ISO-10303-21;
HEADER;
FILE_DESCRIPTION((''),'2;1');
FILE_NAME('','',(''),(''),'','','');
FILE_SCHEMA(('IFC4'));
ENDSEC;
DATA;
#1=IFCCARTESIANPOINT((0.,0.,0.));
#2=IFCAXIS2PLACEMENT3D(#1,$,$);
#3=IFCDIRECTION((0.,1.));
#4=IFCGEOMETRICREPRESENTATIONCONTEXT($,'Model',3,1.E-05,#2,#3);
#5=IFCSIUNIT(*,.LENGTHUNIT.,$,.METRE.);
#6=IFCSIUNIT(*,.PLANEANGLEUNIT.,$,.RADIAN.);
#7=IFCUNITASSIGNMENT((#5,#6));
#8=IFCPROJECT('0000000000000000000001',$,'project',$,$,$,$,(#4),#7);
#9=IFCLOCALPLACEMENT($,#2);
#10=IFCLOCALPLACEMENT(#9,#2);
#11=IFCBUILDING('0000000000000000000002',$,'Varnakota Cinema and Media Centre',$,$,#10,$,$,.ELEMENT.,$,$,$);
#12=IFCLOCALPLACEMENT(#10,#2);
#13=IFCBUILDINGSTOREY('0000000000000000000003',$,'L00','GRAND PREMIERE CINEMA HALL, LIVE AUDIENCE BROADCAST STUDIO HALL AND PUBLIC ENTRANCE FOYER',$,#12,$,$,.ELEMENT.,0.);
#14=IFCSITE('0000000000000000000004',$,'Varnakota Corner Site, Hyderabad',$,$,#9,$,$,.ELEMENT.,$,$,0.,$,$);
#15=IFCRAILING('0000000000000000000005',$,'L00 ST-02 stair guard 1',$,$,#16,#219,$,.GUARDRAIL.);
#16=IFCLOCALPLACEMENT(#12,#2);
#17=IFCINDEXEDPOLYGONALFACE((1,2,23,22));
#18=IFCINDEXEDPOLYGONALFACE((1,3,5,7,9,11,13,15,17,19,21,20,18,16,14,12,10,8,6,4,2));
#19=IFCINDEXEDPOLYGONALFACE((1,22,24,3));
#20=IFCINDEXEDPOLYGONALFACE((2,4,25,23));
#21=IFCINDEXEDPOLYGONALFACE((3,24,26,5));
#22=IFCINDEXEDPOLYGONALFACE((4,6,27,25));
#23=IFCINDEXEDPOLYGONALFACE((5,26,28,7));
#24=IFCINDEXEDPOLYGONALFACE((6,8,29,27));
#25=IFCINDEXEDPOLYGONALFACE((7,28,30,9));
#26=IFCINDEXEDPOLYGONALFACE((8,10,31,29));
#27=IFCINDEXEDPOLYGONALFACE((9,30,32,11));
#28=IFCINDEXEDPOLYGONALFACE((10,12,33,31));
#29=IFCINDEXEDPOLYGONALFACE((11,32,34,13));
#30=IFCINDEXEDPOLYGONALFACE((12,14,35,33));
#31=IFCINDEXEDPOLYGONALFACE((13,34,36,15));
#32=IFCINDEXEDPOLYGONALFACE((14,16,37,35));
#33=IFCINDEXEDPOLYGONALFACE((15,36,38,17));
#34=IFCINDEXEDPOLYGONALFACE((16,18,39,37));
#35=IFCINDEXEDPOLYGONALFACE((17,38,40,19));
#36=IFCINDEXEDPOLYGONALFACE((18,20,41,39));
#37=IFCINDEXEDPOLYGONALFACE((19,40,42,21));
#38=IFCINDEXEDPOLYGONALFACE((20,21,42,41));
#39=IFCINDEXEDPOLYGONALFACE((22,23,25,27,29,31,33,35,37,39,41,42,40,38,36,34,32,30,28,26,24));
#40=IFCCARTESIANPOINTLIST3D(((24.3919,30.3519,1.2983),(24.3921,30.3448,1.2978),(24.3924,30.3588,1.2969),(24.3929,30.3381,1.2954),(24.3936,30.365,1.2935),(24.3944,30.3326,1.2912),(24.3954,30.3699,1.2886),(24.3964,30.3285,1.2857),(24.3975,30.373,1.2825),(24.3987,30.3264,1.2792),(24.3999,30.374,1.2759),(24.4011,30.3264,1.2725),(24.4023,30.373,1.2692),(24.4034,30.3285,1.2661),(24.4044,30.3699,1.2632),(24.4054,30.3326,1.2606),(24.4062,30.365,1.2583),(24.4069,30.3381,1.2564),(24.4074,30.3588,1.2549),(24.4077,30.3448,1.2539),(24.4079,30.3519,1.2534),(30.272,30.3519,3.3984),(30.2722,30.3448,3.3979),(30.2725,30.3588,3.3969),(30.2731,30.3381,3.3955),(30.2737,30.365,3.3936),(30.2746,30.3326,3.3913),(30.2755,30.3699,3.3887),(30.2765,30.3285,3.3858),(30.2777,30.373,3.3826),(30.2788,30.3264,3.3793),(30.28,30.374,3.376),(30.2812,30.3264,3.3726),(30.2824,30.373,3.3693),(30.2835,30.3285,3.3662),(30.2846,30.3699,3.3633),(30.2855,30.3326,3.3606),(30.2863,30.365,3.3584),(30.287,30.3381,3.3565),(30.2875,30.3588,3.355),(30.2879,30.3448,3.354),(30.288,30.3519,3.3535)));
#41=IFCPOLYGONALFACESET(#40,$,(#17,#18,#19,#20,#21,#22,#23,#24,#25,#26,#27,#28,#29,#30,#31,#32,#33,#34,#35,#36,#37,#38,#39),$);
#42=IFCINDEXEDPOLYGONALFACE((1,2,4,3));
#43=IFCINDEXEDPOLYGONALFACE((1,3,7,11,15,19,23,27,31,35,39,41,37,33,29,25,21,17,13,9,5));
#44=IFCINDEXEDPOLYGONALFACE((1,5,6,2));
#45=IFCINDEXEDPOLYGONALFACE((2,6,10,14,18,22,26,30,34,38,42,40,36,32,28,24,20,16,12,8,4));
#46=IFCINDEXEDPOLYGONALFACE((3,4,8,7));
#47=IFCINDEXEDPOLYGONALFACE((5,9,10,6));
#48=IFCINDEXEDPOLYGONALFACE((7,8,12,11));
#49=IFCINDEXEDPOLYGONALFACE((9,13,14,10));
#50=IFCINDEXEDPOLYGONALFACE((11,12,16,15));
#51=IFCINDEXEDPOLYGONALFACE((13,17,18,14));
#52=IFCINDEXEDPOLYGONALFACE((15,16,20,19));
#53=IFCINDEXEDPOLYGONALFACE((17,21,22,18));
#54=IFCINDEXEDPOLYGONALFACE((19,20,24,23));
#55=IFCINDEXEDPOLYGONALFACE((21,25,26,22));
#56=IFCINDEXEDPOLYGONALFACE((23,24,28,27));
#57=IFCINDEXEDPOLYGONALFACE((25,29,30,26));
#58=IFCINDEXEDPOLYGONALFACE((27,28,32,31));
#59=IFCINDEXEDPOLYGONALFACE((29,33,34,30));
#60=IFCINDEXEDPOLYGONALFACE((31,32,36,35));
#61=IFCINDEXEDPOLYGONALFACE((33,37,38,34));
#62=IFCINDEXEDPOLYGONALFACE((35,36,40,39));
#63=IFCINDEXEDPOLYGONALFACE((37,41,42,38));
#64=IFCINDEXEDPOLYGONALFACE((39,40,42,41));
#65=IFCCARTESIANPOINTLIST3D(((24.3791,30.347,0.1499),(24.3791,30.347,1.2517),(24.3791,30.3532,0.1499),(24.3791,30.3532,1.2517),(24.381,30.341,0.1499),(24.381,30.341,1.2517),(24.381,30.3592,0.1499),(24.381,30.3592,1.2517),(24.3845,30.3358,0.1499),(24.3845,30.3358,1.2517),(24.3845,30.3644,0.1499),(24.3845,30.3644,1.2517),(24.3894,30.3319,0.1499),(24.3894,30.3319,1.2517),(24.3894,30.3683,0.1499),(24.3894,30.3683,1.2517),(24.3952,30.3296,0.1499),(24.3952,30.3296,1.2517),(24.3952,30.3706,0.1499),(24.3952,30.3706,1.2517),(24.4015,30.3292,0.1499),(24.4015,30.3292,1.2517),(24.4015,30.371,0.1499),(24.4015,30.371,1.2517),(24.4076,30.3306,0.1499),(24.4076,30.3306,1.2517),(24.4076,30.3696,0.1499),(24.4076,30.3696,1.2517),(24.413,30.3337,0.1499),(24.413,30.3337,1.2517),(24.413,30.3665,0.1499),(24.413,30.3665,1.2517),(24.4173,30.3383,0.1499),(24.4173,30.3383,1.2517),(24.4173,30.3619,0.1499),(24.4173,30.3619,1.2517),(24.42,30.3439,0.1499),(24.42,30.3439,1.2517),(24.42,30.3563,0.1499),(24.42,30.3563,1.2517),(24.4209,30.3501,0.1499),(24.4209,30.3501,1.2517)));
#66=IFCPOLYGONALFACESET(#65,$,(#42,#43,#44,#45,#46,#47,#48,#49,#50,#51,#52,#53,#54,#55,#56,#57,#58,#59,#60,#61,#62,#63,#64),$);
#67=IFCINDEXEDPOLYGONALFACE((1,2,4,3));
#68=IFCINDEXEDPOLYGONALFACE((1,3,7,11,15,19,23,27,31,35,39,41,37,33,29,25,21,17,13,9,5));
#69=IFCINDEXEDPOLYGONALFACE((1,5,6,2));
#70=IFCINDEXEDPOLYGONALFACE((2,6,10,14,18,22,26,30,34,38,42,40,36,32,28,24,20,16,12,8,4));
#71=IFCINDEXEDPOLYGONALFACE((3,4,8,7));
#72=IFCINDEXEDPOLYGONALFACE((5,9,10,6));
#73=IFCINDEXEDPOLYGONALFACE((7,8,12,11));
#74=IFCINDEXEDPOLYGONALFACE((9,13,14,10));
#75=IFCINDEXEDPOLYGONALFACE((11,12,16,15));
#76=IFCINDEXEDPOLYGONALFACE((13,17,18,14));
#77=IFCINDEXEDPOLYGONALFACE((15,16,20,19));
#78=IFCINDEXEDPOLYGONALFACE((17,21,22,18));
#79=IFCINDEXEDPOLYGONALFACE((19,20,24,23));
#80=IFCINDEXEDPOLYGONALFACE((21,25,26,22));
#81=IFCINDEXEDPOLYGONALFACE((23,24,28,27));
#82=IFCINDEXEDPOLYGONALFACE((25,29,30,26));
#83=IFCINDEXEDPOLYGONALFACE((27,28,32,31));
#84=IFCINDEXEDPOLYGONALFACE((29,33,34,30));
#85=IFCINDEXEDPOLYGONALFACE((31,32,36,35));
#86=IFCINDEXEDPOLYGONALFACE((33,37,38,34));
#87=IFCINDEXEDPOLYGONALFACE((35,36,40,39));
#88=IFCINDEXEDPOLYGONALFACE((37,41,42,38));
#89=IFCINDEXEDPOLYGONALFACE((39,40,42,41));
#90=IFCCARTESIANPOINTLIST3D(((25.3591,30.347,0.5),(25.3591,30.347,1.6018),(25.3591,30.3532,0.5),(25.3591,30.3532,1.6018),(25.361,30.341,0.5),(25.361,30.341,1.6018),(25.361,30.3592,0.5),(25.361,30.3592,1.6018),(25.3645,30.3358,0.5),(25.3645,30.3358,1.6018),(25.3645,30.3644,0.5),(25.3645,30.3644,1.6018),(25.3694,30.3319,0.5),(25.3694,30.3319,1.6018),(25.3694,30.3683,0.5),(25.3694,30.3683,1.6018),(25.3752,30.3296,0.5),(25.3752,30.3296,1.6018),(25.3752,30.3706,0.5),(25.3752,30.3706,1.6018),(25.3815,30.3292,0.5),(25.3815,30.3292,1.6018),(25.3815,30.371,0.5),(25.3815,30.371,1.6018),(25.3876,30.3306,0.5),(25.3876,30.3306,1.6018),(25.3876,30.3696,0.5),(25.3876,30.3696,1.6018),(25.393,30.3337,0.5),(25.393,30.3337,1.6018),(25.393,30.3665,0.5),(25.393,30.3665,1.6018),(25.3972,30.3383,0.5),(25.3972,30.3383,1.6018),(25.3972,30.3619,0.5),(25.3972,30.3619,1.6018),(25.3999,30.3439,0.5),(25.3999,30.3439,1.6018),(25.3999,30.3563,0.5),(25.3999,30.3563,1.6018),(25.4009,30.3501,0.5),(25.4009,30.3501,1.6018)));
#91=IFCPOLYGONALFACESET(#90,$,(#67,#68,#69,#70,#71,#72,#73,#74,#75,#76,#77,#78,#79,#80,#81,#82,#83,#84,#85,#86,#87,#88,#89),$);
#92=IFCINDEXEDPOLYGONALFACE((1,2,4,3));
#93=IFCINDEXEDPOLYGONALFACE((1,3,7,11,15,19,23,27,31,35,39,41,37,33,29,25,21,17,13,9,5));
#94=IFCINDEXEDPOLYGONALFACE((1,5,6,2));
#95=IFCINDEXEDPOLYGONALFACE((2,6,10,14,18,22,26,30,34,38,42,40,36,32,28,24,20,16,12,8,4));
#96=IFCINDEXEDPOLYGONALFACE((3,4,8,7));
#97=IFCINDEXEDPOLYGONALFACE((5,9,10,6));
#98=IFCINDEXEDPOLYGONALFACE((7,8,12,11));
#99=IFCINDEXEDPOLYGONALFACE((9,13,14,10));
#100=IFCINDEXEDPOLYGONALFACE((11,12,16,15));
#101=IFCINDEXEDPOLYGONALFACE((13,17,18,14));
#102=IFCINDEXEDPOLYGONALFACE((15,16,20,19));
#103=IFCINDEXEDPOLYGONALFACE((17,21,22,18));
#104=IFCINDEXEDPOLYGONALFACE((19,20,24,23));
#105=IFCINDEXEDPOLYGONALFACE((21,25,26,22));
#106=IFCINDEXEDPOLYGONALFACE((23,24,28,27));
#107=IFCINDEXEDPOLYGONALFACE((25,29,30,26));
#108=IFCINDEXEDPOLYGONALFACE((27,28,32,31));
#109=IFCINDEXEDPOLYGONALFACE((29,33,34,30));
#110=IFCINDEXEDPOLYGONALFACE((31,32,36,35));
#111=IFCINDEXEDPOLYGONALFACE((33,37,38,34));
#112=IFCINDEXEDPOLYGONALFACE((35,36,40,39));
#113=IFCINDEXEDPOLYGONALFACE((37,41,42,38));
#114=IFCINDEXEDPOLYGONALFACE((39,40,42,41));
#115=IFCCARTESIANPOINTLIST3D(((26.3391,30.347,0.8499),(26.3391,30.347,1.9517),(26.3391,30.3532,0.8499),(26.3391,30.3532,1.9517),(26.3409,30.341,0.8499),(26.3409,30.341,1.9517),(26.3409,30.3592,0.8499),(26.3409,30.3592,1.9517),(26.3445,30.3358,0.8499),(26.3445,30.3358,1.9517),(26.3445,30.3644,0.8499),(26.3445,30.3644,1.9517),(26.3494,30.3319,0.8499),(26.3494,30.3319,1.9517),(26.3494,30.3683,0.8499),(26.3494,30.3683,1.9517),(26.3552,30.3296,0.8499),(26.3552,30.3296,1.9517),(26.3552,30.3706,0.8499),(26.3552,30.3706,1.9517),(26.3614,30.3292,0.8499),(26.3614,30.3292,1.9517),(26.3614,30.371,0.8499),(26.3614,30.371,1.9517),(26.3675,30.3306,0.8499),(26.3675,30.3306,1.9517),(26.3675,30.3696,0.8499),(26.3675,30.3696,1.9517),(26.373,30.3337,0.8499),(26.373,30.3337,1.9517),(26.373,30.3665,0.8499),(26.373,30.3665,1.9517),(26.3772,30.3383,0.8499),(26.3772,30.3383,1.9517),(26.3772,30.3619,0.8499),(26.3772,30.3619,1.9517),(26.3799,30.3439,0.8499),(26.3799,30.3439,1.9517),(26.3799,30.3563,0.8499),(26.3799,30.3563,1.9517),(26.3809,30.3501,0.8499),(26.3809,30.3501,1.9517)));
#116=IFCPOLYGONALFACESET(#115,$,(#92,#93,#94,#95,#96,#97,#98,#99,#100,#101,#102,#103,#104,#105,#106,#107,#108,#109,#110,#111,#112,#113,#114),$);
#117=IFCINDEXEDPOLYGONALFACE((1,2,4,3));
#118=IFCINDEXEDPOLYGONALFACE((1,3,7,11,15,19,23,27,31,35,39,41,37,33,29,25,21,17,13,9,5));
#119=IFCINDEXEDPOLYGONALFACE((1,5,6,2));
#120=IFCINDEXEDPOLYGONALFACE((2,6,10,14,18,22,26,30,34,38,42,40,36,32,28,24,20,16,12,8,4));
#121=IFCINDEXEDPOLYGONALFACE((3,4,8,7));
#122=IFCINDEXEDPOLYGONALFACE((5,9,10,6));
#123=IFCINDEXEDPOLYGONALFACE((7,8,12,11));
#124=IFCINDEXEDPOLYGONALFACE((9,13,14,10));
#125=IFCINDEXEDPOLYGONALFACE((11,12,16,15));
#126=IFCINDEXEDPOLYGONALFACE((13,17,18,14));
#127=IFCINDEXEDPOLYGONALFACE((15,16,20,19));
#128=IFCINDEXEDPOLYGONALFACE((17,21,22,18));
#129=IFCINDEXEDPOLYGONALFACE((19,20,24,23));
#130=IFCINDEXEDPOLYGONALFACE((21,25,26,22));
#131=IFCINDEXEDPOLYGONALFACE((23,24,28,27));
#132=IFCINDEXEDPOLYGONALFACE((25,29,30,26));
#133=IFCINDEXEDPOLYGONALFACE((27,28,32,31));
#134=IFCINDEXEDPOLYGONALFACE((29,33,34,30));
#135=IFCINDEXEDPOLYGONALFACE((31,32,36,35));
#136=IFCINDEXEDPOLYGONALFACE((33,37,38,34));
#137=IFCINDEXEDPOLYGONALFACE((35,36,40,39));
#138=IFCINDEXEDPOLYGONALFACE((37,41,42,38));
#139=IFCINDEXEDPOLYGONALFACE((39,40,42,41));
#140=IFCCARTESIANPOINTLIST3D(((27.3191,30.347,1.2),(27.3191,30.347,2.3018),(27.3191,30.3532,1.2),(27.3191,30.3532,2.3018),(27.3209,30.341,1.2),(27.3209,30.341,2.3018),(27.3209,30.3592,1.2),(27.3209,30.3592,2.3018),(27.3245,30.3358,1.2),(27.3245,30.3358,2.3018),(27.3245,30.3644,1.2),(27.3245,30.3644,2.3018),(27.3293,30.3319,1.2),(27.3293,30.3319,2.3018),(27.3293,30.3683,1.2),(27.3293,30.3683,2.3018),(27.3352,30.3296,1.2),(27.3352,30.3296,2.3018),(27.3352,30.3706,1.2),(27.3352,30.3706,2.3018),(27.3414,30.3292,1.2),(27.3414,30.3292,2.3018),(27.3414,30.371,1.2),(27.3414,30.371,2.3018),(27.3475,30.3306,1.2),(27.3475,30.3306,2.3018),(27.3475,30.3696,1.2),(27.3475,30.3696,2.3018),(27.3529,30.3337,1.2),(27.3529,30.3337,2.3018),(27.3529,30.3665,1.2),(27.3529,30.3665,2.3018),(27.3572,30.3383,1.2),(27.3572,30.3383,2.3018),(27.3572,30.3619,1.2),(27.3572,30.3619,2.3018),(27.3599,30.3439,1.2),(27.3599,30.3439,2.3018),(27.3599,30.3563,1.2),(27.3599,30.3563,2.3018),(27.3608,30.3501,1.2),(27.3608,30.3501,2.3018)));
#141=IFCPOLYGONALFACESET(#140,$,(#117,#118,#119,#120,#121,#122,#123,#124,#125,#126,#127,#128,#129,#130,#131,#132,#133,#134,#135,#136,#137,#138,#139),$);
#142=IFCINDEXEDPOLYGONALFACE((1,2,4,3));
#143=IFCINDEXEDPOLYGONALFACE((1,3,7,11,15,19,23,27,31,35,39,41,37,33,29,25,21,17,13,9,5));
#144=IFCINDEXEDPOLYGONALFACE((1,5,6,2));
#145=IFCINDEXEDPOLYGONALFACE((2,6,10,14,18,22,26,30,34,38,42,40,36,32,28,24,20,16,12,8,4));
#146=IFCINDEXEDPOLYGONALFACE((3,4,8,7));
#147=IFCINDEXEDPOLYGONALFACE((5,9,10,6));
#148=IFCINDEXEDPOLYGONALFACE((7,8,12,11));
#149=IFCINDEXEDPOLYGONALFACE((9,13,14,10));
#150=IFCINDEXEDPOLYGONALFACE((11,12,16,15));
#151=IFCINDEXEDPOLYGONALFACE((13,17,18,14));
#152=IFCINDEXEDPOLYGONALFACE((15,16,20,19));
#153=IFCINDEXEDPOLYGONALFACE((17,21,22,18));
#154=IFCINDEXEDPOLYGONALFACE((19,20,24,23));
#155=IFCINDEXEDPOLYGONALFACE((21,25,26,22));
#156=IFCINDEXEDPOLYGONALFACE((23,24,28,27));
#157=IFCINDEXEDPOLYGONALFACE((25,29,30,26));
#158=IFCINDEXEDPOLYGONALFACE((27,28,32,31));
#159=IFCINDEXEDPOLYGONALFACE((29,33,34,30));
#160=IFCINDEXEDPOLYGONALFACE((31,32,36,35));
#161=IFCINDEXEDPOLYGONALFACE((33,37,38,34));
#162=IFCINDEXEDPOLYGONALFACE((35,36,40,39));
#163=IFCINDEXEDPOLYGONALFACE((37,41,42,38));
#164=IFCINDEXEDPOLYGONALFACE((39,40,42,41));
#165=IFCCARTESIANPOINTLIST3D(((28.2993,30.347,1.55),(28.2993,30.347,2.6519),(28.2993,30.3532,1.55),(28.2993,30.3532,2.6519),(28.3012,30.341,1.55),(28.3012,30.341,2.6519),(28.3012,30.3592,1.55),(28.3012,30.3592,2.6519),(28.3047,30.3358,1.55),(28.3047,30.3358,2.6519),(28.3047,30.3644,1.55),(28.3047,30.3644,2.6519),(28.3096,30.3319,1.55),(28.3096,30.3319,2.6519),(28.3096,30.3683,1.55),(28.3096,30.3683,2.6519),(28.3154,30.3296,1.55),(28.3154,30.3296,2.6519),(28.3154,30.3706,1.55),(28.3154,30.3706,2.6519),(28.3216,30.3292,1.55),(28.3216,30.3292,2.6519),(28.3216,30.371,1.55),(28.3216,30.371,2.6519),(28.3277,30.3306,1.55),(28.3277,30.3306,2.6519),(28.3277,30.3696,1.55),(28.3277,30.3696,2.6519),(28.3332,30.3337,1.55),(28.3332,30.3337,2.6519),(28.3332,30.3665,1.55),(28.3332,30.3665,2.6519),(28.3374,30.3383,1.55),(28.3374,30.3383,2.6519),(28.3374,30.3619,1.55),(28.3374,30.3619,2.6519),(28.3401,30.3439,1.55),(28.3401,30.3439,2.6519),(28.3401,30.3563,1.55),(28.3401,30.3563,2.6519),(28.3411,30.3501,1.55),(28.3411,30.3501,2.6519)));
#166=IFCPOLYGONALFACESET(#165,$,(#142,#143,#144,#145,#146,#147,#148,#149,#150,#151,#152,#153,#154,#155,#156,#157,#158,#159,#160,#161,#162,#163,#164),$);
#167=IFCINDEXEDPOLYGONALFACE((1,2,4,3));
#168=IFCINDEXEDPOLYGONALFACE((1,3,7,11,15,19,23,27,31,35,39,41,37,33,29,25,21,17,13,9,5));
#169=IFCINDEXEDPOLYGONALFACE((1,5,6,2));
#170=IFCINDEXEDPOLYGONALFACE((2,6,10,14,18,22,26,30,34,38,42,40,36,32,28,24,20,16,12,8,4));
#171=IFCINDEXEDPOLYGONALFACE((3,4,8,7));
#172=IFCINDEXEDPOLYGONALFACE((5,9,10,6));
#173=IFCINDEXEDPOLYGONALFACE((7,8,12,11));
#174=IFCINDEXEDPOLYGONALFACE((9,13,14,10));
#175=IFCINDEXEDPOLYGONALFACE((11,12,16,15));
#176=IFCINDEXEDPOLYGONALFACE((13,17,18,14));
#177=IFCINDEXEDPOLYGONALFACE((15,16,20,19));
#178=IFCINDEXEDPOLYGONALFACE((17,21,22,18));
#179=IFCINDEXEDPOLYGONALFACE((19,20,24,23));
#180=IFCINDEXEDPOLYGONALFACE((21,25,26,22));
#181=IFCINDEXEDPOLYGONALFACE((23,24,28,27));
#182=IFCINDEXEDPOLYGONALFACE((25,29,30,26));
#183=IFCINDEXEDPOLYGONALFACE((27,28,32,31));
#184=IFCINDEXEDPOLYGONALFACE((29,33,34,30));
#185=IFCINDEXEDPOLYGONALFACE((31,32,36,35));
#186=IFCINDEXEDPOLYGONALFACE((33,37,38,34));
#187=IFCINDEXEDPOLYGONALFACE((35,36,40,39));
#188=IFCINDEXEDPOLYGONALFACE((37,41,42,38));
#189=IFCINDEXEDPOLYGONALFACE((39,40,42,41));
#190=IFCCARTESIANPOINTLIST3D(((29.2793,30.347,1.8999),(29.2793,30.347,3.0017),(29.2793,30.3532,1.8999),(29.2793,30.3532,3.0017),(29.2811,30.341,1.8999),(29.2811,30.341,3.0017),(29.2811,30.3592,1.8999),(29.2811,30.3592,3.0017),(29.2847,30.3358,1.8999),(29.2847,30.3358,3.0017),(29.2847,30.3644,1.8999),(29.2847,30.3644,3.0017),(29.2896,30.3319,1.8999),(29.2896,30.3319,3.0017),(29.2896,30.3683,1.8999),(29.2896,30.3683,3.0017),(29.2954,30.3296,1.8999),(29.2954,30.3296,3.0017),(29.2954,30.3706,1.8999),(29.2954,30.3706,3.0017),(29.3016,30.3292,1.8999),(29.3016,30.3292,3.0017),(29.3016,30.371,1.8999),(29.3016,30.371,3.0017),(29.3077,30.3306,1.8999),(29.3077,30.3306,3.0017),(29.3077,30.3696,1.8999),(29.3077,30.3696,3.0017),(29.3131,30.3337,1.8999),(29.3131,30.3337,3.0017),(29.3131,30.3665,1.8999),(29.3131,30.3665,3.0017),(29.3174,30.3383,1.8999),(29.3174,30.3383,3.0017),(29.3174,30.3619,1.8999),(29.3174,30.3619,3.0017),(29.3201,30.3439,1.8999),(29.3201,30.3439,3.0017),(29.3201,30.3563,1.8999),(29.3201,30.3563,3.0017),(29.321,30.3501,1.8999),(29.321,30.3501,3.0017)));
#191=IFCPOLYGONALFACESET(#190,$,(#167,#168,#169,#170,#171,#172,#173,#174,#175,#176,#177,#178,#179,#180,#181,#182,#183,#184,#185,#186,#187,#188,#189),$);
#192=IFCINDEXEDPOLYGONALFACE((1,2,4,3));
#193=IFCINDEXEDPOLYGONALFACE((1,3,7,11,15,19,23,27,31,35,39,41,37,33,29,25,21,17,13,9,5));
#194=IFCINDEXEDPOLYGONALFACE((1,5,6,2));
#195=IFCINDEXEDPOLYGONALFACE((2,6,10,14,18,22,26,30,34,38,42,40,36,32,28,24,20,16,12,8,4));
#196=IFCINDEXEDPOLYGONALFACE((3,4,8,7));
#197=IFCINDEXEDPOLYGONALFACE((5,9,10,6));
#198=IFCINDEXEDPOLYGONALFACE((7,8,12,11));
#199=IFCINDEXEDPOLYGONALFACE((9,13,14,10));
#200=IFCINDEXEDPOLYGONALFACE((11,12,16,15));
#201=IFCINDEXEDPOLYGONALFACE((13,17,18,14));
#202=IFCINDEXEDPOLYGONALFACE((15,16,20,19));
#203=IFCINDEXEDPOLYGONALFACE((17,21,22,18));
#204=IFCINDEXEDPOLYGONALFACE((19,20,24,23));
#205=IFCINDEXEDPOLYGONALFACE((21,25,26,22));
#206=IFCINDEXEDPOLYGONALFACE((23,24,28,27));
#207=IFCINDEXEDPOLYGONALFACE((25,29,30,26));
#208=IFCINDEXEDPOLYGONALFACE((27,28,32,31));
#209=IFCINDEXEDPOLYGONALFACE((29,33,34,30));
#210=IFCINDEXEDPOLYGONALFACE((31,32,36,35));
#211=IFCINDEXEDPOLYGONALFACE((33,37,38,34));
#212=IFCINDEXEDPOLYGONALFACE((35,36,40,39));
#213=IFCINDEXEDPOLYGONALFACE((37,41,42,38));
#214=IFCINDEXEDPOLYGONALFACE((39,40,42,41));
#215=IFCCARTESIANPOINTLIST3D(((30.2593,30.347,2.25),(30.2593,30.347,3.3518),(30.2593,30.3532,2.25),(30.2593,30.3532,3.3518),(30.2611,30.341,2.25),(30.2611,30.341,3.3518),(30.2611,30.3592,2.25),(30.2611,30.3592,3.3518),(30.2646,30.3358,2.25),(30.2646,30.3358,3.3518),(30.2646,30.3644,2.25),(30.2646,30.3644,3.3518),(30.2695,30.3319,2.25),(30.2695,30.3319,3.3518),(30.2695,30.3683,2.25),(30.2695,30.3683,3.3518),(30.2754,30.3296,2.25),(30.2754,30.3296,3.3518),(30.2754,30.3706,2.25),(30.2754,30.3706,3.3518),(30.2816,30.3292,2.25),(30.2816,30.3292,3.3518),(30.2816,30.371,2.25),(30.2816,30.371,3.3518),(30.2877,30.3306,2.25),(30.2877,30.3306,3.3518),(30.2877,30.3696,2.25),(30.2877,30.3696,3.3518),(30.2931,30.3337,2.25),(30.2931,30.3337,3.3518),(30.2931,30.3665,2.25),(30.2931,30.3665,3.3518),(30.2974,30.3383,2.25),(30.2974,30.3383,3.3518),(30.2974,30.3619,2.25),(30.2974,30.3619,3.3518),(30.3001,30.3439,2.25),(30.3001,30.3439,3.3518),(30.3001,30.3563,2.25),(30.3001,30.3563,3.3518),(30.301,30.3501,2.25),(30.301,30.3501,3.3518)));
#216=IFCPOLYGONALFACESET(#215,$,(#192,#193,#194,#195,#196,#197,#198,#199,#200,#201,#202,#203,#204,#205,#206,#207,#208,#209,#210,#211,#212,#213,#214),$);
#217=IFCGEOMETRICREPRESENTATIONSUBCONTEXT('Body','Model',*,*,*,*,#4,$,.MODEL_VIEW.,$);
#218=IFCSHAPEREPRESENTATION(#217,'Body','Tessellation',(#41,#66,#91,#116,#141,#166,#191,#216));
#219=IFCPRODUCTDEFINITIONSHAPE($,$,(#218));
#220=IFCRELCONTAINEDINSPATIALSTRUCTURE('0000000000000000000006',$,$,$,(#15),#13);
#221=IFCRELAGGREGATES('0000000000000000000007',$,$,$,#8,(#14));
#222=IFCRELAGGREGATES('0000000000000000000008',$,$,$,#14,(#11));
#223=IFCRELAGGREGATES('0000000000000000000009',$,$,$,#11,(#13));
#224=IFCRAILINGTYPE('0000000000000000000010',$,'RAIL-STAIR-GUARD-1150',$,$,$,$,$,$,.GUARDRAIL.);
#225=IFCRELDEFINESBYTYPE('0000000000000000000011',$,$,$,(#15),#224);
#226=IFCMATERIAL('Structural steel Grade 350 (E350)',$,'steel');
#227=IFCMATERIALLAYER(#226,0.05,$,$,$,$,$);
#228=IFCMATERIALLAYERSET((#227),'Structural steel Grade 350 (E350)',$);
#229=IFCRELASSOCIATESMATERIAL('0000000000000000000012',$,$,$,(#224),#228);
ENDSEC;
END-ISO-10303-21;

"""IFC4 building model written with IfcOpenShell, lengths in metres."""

from ifc_helpers import new_model, si_unit, direction, frame, origin, origin_2d, place, context, subcontext, project, spatial, circle, extrude, material, layer, layer_set, type_object, element, save


model = new_model("IFC4")

# Units and contexts
model_context = context("Model", 3, precision=1e-05, world=origin(), true_north=direction((0.0, 1.0)))
body_context = subcontext(model_context, "Body", "Model", "MODEL_VIEW")
ifc_project = project(units=[si_unit("LENGTHUNIT", "METRE"), si_unit("PLANEANGLEUNIT", "RADIAN")], contexts=[model_context])

# Site, building, storey
site_placement = place(None, origin())
site = spatial("IfcSite", under=ifc_project, at=site_placement, Name="Varnakota Corner Site, Hyderabad", CompositionType="ELEMENT", RefElevation=0.0)
building_placement = place(site_placement, origin())
building = spatial("IfcBuilding", under=site, at=building_placement, Name="Varnakota Cinema and Media Centre", CompositionType="ELEMENT")
storey_placement = place(building_placement, origin())
storey = spatial("IfcBuildingStorey", under=building, at=storey_placement, Name="L00", Description="GRAND PREMIERE CINEMA HALL, LIVE AUDIENCE BROADCAST STUDIO HALL AND PUBLIC ENTRANCE FOYER", CompositionType="ELEMENT", Elevation=0.0)

# Railing
ifc_material_1 = material(Name="Structural steel Grade 350 (E350)", Category="steel")
ifc_layer_1 = layer(ifc_material_1, 0.05)
ifc_layer_set_1 = layer_set([ifc_layer_1], Name="Structural steel Grade 350 (E350)")
railing_type_1 = type_object("IfcRailingType", Name="RAIL-STAIR-GUARD-1150", PredefinedType="GUARDRAIL", material=ifc_layer_set_1)
railing_1_placement = place(storey_placement, frame((24.3999, 30.3501, 0.1499)))
element("IfcRailing", 1, at=railing_1_placement, inside=storey, type_object=railing_type_1, Name="L00 ST-02 stair guard 1", PredefinedType="GUARDRAIL", context=body_context, shape_type="SweptSolid", body=[
    extrude(circle(Radius=0.0239, at=origin_2d()), frame((0.0, 0.0, 1.126), z_axis=(0.941739, 0.0, 0.336344), x_axis=(0.0, 1.0, 0.0)), (0.0, 0.0, 1.0), 6.2439),
    extrude(circle(Radius=0.021, at=origin_2d()), origin(), (0.0, 0.0, 1.0), 1.1018),
    extrude(circle(Radius=0.021, at=origin_2d()), frame((0.98, 0.0, 0.3501)), (0.0, 0.0, 1.0), 1.1018),
    extrude(circle(Radius=0.021, at=origin_2d()), frame((1.96, 0.0, 0.7)), (0.0, 0.0, 1.0), 1.1018),
    extrude(circle(Radius=0.021, at=origin_2d()), frame((2.9399, 0.0, 1.05)), (0.0, 0.0, 1.0), 1.1018),
    extrude(circle(Radius=0.021, at=origin_2d()), frame((3.9202, 0.0, 1.4001)), (0.0, 0.0, 1.0), 1.1018),
    extrude(circle(Radius=0.021, at=origin_2d()), frame((4.9001, 0.0, 1.75)), (0.0, 0.0, 1.0), 1.1018),
    extrude(circle(Radius=0.021, at=origin_2d()), frame((5.8801, 0.0, 2.1001)), (0.0, 0.0, 1.0), 1.1018),
])

save(model, "model.ifc")
